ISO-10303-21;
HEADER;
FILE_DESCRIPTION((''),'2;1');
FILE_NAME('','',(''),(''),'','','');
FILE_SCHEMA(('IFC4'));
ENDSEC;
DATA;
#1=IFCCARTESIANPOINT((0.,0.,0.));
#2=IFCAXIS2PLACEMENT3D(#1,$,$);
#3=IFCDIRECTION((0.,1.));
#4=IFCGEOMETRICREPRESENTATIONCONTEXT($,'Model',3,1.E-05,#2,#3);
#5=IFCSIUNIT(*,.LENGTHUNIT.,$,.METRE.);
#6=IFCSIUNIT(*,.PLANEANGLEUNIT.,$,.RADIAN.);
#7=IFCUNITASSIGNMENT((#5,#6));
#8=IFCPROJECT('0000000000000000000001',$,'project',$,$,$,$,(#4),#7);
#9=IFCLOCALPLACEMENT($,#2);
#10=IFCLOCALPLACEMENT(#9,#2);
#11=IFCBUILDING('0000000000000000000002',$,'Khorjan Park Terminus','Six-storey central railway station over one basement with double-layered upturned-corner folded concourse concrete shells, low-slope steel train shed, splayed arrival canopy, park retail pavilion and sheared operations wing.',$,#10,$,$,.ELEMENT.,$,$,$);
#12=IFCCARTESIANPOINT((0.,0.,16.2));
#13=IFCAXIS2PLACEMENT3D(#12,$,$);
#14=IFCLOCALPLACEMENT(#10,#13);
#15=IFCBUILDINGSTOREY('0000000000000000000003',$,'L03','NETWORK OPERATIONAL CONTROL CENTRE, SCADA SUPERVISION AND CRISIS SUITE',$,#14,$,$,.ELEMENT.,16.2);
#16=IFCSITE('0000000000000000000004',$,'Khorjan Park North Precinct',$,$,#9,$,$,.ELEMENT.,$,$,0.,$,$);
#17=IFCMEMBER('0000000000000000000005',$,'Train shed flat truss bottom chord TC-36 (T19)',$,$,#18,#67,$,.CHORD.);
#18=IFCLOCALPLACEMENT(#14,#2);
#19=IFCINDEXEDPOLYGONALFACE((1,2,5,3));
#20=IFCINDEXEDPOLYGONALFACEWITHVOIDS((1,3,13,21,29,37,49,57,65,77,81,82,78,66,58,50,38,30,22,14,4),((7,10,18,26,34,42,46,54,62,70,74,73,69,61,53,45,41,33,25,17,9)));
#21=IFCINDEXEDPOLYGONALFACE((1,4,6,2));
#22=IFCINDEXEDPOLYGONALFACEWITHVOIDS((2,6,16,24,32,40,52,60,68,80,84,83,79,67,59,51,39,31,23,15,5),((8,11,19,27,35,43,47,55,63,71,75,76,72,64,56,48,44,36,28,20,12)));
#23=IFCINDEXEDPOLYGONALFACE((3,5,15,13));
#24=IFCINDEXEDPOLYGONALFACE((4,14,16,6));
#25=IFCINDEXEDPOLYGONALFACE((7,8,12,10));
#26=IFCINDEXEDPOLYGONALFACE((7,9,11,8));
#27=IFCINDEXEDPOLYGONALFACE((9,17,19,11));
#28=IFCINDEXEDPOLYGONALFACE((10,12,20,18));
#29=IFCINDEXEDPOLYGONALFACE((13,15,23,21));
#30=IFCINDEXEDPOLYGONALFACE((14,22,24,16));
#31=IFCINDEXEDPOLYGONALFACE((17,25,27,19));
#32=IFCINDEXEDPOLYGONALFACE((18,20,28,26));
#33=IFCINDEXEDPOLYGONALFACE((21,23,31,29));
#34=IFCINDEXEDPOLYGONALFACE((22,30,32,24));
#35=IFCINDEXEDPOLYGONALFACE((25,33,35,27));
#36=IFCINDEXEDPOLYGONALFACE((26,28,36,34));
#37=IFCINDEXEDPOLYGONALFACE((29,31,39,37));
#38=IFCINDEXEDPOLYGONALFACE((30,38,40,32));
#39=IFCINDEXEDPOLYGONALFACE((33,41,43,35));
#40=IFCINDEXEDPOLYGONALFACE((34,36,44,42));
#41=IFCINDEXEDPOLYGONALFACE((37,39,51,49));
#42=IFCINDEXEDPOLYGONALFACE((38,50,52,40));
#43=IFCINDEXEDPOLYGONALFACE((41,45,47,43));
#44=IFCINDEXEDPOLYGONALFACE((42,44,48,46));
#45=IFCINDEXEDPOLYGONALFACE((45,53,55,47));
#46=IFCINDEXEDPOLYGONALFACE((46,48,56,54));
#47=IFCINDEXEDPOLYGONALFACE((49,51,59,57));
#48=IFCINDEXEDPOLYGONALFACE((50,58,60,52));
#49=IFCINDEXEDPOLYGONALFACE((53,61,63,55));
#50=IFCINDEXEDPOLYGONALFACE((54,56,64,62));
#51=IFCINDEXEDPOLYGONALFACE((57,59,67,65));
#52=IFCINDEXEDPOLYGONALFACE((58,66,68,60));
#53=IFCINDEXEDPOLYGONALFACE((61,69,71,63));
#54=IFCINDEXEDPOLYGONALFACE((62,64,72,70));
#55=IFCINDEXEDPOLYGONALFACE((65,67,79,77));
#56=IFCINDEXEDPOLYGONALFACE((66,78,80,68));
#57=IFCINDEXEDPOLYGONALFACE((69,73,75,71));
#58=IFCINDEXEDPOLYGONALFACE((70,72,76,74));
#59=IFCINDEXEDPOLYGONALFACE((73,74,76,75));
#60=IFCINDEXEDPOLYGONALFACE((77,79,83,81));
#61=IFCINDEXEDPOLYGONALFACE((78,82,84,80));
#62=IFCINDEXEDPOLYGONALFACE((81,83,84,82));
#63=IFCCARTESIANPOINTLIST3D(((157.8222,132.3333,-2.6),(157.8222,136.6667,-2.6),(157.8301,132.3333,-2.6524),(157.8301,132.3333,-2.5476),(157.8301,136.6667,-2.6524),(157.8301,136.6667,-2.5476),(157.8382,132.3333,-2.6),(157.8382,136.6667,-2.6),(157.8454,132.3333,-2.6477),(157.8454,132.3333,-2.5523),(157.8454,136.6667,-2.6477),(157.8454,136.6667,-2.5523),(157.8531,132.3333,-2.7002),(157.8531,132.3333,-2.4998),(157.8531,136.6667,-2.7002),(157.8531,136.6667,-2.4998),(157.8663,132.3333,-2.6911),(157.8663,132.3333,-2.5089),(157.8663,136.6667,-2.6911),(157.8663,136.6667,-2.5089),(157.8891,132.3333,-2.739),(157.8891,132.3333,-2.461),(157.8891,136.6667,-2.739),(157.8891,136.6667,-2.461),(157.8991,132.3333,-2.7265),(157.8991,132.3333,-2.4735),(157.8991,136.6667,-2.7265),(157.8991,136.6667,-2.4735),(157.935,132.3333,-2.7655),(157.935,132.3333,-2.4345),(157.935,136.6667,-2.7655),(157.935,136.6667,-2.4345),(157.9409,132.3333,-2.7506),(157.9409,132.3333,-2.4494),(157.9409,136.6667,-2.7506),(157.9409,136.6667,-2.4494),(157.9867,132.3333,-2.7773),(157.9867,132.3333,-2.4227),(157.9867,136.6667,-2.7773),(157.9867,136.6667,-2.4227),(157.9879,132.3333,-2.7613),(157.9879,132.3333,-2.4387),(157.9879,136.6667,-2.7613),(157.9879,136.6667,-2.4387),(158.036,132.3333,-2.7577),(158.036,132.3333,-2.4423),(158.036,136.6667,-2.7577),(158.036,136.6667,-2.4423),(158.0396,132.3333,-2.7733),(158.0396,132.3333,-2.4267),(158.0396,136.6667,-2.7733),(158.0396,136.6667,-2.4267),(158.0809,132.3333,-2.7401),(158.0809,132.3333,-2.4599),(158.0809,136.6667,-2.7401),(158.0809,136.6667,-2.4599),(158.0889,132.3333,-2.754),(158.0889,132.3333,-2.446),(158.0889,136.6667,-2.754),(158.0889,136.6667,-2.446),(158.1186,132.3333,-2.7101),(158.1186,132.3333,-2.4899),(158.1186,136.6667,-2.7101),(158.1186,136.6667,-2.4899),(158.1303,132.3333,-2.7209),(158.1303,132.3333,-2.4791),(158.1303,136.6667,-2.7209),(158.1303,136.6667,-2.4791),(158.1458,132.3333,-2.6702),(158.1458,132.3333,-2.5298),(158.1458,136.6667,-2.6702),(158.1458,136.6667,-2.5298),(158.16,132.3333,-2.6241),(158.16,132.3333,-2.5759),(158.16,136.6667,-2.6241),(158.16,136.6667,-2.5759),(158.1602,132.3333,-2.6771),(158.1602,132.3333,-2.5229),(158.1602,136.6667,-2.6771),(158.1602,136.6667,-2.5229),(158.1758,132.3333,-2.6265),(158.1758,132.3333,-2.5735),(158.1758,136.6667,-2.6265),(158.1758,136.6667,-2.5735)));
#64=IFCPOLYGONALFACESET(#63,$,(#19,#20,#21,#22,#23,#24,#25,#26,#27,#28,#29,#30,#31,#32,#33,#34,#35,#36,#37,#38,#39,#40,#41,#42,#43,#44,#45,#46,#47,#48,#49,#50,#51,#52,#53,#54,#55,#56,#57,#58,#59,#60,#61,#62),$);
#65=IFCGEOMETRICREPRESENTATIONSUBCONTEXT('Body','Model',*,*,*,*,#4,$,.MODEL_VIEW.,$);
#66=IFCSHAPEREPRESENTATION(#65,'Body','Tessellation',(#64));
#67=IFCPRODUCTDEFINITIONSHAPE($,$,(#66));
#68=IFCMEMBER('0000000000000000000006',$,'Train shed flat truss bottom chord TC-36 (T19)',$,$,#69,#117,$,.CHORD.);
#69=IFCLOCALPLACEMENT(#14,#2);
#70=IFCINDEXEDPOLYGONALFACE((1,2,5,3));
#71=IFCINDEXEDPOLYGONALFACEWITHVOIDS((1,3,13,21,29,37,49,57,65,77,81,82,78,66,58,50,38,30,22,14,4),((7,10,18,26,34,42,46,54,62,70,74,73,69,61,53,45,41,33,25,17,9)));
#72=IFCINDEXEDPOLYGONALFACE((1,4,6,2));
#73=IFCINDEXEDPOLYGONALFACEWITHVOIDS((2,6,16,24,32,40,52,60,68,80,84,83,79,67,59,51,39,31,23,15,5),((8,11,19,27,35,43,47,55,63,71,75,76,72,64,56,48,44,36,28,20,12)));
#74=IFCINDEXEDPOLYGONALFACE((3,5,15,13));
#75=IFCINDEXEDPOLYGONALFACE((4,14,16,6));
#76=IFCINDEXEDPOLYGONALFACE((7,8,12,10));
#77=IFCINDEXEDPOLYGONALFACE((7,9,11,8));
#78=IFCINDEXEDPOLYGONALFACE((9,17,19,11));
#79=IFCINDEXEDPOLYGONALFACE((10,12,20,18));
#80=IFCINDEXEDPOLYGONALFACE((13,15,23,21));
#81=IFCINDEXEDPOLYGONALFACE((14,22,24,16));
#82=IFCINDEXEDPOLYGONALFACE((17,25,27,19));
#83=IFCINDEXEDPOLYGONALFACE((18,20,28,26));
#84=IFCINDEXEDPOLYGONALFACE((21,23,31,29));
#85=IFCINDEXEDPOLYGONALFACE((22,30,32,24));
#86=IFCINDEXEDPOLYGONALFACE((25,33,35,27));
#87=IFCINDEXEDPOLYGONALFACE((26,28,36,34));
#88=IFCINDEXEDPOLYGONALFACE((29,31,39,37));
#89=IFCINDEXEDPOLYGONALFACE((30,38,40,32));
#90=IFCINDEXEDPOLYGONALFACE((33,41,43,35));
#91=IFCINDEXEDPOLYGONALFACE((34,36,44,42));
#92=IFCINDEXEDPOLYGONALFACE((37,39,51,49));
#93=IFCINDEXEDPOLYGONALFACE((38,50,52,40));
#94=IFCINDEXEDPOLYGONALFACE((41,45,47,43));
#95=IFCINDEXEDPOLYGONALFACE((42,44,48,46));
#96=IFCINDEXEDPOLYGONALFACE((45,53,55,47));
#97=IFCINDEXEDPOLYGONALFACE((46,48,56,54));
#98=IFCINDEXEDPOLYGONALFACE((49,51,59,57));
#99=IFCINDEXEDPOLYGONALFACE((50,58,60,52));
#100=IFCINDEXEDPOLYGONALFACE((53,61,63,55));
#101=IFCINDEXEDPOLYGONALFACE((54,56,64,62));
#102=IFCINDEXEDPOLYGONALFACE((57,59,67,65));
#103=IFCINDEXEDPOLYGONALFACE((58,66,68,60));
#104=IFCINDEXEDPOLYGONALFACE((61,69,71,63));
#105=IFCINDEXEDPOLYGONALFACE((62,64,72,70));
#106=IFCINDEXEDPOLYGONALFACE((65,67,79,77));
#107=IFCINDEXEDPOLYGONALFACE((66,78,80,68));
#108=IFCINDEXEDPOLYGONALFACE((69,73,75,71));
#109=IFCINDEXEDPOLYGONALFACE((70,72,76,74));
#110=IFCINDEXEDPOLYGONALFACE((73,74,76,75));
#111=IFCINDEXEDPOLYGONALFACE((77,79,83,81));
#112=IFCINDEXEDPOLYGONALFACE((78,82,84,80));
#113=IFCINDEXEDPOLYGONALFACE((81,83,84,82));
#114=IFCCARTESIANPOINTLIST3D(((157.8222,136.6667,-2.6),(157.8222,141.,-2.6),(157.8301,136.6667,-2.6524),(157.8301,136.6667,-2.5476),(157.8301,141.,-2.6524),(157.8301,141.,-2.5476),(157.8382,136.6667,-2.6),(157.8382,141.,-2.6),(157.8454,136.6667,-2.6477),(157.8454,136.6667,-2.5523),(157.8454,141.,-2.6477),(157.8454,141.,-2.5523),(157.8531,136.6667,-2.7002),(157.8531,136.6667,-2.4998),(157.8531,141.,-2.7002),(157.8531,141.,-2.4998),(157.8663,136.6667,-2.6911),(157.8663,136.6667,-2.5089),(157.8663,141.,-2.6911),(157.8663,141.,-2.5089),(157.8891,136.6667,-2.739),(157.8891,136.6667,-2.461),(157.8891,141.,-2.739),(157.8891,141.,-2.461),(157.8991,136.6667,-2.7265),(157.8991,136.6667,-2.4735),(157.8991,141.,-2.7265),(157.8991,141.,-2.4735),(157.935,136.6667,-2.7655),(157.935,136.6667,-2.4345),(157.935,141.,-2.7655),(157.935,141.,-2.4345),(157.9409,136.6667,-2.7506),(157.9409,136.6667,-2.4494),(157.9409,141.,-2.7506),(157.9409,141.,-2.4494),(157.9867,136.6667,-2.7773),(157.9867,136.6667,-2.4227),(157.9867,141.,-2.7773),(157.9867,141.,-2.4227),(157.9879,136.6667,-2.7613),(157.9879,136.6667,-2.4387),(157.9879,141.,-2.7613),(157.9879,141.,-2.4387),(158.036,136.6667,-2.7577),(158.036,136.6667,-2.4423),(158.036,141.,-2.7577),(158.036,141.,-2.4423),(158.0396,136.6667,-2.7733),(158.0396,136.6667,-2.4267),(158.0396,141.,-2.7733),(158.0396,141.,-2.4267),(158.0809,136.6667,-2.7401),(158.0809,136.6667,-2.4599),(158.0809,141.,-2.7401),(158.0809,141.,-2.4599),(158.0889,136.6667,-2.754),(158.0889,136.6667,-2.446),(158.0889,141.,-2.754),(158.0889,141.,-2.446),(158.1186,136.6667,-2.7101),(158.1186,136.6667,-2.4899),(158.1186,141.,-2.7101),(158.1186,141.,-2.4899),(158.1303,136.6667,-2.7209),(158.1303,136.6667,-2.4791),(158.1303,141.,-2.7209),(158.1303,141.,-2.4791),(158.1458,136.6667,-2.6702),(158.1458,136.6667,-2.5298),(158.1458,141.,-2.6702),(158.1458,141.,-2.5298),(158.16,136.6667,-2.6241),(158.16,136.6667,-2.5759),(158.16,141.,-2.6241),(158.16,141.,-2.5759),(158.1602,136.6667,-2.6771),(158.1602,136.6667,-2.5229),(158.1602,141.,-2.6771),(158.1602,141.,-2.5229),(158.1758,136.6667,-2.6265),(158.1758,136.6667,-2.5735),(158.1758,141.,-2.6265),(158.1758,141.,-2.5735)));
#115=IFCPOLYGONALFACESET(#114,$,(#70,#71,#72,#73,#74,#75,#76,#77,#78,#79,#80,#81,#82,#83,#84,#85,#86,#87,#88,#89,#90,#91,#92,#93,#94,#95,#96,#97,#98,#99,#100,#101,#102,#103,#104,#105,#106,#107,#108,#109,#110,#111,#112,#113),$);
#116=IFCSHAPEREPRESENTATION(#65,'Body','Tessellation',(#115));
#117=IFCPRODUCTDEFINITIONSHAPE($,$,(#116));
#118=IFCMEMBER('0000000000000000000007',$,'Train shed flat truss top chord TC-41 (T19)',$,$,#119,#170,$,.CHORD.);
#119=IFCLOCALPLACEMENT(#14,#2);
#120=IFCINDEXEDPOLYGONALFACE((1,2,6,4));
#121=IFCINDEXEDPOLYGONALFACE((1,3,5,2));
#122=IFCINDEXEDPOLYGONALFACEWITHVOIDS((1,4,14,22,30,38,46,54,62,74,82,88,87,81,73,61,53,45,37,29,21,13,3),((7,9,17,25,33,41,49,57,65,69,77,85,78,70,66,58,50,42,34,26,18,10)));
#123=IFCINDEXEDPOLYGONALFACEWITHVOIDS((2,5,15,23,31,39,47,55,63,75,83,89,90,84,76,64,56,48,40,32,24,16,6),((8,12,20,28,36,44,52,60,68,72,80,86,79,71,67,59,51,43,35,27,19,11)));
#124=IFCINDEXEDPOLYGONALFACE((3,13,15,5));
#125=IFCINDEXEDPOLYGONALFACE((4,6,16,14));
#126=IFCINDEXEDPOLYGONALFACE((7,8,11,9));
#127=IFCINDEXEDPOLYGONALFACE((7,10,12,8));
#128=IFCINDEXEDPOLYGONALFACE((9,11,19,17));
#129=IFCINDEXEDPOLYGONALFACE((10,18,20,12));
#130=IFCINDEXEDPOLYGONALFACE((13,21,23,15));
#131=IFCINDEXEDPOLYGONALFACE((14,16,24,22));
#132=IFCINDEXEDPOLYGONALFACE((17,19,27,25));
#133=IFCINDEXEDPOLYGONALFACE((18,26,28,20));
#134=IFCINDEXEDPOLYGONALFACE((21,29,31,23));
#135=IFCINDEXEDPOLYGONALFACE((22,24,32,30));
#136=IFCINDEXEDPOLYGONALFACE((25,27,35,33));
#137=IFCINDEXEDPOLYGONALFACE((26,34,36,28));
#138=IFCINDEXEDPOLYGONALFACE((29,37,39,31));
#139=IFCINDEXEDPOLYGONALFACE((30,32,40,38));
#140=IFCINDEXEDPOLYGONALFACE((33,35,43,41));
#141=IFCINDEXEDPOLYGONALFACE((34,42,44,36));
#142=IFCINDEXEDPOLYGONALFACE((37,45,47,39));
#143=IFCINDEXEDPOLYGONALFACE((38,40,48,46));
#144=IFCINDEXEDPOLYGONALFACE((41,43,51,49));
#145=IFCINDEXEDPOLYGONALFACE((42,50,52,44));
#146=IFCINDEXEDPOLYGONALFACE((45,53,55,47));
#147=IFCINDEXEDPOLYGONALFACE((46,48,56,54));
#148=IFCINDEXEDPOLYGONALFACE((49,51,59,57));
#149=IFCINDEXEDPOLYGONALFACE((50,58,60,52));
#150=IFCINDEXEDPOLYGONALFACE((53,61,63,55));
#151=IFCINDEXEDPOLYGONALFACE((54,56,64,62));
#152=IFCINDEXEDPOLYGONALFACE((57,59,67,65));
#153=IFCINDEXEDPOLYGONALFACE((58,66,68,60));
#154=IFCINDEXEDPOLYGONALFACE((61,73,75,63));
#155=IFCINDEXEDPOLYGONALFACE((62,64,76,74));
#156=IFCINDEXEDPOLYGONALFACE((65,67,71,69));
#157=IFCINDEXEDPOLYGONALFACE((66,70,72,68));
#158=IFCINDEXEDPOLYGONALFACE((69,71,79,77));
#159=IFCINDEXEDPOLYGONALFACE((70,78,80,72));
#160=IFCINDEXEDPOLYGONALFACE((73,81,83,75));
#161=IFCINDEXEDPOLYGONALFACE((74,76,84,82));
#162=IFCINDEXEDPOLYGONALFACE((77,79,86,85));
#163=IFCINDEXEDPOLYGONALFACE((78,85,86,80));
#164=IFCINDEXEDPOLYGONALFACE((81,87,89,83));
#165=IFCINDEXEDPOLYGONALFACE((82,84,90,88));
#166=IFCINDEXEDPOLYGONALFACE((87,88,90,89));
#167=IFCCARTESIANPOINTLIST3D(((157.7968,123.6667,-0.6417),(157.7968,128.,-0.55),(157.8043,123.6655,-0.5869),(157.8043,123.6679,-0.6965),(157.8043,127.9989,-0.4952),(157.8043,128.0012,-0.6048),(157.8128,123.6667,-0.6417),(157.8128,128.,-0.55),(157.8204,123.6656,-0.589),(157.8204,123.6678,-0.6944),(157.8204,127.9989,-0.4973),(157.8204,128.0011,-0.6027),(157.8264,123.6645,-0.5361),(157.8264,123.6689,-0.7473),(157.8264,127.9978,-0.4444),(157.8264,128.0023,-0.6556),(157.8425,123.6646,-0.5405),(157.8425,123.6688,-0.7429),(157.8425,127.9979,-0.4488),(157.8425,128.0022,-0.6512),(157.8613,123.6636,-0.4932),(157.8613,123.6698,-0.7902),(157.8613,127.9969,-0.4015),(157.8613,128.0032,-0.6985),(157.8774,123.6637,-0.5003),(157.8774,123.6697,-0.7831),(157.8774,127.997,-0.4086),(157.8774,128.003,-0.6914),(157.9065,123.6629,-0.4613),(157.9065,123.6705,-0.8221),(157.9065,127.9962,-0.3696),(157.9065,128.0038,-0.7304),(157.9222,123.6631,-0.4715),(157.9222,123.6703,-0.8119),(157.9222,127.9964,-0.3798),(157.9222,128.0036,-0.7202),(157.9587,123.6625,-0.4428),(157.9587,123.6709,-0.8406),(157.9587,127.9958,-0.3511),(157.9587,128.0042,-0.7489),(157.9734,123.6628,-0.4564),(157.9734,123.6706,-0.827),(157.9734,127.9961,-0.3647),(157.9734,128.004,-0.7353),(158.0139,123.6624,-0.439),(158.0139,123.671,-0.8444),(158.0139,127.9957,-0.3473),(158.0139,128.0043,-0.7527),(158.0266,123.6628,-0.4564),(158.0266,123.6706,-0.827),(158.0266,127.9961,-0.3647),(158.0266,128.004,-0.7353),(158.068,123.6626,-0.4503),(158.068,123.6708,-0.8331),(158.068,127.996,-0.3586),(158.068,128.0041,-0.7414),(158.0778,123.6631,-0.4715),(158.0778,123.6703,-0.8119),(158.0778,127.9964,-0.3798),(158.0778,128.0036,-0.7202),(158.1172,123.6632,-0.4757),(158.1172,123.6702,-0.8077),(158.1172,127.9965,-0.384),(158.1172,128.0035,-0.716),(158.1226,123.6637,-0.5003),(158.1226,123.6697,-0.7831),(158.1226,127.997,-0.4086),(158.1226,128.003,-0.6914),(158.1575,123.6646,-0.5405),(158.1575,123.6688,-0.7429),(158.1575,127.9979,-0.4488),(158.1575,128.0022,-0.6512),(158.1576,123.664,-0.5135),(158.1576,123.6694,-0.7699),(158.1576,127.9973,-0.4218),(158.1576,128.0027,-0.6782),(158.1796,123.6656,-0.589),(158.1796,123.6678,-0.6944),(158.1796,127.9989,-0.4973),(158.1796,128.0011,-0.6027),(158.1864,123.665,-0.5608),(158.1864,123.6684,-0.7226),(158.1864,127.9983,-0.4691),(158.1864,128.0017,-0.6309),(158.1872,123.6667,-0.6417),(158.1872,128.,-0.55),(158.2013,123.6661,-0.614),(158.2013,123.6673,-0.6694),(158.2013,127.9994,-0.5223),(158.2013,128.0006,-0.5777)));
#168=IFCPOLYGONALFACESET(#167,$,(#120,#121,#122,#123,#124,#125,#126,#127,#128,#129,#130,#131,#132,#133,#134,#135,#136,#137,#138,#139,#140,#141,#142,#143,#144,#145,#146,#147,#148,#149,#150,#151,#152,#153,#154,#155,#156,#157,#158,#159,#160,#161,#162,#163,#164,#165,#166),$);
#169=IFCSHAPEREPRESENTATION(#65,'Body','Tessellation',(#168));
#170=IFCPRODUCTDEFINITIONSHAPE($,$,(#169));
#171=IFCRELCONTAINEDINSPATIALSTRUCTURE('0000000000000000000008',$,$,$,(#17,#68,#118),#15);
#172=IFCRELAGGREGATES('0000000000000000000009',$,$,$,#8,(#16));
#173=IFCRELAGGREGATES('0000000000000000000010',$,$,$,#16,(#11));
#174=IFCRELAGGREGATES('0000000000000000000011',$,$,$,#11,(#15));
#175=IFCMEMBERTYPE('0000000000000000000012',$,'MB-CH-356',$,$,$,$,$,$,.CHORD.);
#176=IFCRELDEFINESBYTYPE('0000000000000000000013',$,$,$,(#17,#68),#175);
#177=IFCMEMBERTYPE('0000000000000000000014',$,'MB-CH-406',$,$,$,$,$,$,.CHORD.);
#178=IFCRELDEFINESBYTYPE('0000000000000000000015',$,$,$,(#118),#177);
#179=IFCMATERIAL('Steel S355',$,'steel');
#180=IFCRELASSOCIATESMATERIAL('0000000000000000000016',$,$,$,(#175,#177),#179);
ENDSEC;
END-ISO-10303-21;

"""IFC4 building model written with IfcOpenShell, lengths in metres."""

from ifc_helpers import new_model, si_unit, direction, frame, origin, origin_2d, place, context, subcontext, project, spatial, hollow_circle, extrude, material, material_profile, profile_set, type_object, element, save


model = new_model("IFC4")

# Units and contexts
model_context = context("Model", 3, precision=1e-05, world=origin(), true_north=direction((0.0, 1.0)))
body_context = subcontext(model_context, "Body", "Model", "MODEL_VIEW")
ifc_project = project(units=[si_unit("LENGTHUNIT", "METRE"), si_unit("PLANEANGLEUNIT", "RADIAN")], contexts=[model_context])

# Site, building, storey
site_placement = place(None, origin())
site = spatial("IfcSite", under=ifc_project, at=site_placement, Name="Khorjan Park North Precinct", CompositionType="ELEMENT", RefElevation=0.0)
building_placement = place(site_placement, origin())
building = spatial("IfcBuilding", under=site, at=building_placement, Name="Khorjan Park Terminus", Description="Six-storey central railway station over one basement with double-layered upturned-corner folded concourse concrete shells, low-slope steel train shed, splayed arrival canopy, park retail pavilion and sheared operations wing.", CompositionType="ELEMENT")
storey_placement = place(building_placement, frame((0.0, 0.0, 16.2)))
storey = spatial("IfcBuildingStorey", under=building, at=storey_placement, Name="L03", Description="NETWORK OPERATIONAL CONTROL CENTRE, SCADA SUPERVISION AND CRISIS SUITE", CompositionType="ELEMENT", Elevation=16.2)

# Members
ifc_material = material(Name="Steel S355", Category="steel")
ifc_material_profile_1 = material_profile(ifc_material, hollow_circle(Radius=0.1778, WallThickness=0.016, at=origin_2d()), Name="CHS 355.6x16")
ifc_profile_set_1 = profile_set([ifc_material_profile_1], Name="Steel S355")
member_type_1 = type_object("IfcMemberType", Name="MB-CH-356", PredefinedType="CHORD", material=ifc_profile_set_1)
member_1_placement = place(storey_placement, frame((158.0, 132.3333, -2.6), z_axis=(0.0, 1.0, 0.0), x_axis=(-1.0, 0.0, 0.0)))
element("IfcMember", 1, at=member_1_placement, inside=storey, type_object=member_type_1, Name="Train shed flat truss bottom chord TC-36 (T19)", PredefinedType="CHORD", context=body_context, shape_type="SweptSolid", body=[
    extrude(hollow_circle(Radius=0.1778, WallThickness=0.016, at=origin_2d()), origin(), (0.0, 0.0, 1.0), 4.3334),
])
member_2_placement = place(storey_placement, frame((158.0, 136.6667, -2.6), z_axis=(0.0, 1.0, 0.0), x_axis=(-1.0, 0.0, 0.0)))
element("IfcMember", 2, at=member_2_placement, inside=storey, type_object=member_type_1, Name="Train shed flat truss bottom chord TC-36 (T19)", PredefinedType="CHORD", context=body_context, shape_type="SweptSolid", body=[
    extrude(hollow_circle(Radius=0.1778, WallThickness=0.016, at=origin_2d()), origin(), (0.0, 0.0, 1.0), 4.3333),
])
ifc_material_profile_2 = material_profile(ifc_material, hollow_circle(Radius=0.2032, WallThickness=0.016, at=origin_2d()), Name="CHS 406.4x16")
ifc_profile_set_2 = profile_set([ifc_material_profile_2], Name="Steel S355")
member_type_2 = type_object("IfcMemberType", Name="MB-CH-406", PredefinedType="CHORD", material=ifc_profile_set_2)
for number, where, z_axis, x_axis, name in (
    (3, (158.0, 123.6667, -0.6417), (0.0, 0.999776, 0.021157), (-1.0, 0.0, 0.0), "Train shed flat truss top chord TC-41 (T19)"),
):
    element("IfcMember", number, at=place(storey_placement, frame(where, z_axis=z_axis, x_axis=x_axis)), inside=storey, type_object=member_type_2, Name=name, PredefinedType="CHORD", context=body_context, shape_type="SweptSolid", body=[
        extrude(hollow_circle(Radius=0.2032, WallThickness=0.016, at=origin_2d()), origin(), (0.0, 0.0, 1.0), 4.3343),
    ])

save(model, "model.ifc")
